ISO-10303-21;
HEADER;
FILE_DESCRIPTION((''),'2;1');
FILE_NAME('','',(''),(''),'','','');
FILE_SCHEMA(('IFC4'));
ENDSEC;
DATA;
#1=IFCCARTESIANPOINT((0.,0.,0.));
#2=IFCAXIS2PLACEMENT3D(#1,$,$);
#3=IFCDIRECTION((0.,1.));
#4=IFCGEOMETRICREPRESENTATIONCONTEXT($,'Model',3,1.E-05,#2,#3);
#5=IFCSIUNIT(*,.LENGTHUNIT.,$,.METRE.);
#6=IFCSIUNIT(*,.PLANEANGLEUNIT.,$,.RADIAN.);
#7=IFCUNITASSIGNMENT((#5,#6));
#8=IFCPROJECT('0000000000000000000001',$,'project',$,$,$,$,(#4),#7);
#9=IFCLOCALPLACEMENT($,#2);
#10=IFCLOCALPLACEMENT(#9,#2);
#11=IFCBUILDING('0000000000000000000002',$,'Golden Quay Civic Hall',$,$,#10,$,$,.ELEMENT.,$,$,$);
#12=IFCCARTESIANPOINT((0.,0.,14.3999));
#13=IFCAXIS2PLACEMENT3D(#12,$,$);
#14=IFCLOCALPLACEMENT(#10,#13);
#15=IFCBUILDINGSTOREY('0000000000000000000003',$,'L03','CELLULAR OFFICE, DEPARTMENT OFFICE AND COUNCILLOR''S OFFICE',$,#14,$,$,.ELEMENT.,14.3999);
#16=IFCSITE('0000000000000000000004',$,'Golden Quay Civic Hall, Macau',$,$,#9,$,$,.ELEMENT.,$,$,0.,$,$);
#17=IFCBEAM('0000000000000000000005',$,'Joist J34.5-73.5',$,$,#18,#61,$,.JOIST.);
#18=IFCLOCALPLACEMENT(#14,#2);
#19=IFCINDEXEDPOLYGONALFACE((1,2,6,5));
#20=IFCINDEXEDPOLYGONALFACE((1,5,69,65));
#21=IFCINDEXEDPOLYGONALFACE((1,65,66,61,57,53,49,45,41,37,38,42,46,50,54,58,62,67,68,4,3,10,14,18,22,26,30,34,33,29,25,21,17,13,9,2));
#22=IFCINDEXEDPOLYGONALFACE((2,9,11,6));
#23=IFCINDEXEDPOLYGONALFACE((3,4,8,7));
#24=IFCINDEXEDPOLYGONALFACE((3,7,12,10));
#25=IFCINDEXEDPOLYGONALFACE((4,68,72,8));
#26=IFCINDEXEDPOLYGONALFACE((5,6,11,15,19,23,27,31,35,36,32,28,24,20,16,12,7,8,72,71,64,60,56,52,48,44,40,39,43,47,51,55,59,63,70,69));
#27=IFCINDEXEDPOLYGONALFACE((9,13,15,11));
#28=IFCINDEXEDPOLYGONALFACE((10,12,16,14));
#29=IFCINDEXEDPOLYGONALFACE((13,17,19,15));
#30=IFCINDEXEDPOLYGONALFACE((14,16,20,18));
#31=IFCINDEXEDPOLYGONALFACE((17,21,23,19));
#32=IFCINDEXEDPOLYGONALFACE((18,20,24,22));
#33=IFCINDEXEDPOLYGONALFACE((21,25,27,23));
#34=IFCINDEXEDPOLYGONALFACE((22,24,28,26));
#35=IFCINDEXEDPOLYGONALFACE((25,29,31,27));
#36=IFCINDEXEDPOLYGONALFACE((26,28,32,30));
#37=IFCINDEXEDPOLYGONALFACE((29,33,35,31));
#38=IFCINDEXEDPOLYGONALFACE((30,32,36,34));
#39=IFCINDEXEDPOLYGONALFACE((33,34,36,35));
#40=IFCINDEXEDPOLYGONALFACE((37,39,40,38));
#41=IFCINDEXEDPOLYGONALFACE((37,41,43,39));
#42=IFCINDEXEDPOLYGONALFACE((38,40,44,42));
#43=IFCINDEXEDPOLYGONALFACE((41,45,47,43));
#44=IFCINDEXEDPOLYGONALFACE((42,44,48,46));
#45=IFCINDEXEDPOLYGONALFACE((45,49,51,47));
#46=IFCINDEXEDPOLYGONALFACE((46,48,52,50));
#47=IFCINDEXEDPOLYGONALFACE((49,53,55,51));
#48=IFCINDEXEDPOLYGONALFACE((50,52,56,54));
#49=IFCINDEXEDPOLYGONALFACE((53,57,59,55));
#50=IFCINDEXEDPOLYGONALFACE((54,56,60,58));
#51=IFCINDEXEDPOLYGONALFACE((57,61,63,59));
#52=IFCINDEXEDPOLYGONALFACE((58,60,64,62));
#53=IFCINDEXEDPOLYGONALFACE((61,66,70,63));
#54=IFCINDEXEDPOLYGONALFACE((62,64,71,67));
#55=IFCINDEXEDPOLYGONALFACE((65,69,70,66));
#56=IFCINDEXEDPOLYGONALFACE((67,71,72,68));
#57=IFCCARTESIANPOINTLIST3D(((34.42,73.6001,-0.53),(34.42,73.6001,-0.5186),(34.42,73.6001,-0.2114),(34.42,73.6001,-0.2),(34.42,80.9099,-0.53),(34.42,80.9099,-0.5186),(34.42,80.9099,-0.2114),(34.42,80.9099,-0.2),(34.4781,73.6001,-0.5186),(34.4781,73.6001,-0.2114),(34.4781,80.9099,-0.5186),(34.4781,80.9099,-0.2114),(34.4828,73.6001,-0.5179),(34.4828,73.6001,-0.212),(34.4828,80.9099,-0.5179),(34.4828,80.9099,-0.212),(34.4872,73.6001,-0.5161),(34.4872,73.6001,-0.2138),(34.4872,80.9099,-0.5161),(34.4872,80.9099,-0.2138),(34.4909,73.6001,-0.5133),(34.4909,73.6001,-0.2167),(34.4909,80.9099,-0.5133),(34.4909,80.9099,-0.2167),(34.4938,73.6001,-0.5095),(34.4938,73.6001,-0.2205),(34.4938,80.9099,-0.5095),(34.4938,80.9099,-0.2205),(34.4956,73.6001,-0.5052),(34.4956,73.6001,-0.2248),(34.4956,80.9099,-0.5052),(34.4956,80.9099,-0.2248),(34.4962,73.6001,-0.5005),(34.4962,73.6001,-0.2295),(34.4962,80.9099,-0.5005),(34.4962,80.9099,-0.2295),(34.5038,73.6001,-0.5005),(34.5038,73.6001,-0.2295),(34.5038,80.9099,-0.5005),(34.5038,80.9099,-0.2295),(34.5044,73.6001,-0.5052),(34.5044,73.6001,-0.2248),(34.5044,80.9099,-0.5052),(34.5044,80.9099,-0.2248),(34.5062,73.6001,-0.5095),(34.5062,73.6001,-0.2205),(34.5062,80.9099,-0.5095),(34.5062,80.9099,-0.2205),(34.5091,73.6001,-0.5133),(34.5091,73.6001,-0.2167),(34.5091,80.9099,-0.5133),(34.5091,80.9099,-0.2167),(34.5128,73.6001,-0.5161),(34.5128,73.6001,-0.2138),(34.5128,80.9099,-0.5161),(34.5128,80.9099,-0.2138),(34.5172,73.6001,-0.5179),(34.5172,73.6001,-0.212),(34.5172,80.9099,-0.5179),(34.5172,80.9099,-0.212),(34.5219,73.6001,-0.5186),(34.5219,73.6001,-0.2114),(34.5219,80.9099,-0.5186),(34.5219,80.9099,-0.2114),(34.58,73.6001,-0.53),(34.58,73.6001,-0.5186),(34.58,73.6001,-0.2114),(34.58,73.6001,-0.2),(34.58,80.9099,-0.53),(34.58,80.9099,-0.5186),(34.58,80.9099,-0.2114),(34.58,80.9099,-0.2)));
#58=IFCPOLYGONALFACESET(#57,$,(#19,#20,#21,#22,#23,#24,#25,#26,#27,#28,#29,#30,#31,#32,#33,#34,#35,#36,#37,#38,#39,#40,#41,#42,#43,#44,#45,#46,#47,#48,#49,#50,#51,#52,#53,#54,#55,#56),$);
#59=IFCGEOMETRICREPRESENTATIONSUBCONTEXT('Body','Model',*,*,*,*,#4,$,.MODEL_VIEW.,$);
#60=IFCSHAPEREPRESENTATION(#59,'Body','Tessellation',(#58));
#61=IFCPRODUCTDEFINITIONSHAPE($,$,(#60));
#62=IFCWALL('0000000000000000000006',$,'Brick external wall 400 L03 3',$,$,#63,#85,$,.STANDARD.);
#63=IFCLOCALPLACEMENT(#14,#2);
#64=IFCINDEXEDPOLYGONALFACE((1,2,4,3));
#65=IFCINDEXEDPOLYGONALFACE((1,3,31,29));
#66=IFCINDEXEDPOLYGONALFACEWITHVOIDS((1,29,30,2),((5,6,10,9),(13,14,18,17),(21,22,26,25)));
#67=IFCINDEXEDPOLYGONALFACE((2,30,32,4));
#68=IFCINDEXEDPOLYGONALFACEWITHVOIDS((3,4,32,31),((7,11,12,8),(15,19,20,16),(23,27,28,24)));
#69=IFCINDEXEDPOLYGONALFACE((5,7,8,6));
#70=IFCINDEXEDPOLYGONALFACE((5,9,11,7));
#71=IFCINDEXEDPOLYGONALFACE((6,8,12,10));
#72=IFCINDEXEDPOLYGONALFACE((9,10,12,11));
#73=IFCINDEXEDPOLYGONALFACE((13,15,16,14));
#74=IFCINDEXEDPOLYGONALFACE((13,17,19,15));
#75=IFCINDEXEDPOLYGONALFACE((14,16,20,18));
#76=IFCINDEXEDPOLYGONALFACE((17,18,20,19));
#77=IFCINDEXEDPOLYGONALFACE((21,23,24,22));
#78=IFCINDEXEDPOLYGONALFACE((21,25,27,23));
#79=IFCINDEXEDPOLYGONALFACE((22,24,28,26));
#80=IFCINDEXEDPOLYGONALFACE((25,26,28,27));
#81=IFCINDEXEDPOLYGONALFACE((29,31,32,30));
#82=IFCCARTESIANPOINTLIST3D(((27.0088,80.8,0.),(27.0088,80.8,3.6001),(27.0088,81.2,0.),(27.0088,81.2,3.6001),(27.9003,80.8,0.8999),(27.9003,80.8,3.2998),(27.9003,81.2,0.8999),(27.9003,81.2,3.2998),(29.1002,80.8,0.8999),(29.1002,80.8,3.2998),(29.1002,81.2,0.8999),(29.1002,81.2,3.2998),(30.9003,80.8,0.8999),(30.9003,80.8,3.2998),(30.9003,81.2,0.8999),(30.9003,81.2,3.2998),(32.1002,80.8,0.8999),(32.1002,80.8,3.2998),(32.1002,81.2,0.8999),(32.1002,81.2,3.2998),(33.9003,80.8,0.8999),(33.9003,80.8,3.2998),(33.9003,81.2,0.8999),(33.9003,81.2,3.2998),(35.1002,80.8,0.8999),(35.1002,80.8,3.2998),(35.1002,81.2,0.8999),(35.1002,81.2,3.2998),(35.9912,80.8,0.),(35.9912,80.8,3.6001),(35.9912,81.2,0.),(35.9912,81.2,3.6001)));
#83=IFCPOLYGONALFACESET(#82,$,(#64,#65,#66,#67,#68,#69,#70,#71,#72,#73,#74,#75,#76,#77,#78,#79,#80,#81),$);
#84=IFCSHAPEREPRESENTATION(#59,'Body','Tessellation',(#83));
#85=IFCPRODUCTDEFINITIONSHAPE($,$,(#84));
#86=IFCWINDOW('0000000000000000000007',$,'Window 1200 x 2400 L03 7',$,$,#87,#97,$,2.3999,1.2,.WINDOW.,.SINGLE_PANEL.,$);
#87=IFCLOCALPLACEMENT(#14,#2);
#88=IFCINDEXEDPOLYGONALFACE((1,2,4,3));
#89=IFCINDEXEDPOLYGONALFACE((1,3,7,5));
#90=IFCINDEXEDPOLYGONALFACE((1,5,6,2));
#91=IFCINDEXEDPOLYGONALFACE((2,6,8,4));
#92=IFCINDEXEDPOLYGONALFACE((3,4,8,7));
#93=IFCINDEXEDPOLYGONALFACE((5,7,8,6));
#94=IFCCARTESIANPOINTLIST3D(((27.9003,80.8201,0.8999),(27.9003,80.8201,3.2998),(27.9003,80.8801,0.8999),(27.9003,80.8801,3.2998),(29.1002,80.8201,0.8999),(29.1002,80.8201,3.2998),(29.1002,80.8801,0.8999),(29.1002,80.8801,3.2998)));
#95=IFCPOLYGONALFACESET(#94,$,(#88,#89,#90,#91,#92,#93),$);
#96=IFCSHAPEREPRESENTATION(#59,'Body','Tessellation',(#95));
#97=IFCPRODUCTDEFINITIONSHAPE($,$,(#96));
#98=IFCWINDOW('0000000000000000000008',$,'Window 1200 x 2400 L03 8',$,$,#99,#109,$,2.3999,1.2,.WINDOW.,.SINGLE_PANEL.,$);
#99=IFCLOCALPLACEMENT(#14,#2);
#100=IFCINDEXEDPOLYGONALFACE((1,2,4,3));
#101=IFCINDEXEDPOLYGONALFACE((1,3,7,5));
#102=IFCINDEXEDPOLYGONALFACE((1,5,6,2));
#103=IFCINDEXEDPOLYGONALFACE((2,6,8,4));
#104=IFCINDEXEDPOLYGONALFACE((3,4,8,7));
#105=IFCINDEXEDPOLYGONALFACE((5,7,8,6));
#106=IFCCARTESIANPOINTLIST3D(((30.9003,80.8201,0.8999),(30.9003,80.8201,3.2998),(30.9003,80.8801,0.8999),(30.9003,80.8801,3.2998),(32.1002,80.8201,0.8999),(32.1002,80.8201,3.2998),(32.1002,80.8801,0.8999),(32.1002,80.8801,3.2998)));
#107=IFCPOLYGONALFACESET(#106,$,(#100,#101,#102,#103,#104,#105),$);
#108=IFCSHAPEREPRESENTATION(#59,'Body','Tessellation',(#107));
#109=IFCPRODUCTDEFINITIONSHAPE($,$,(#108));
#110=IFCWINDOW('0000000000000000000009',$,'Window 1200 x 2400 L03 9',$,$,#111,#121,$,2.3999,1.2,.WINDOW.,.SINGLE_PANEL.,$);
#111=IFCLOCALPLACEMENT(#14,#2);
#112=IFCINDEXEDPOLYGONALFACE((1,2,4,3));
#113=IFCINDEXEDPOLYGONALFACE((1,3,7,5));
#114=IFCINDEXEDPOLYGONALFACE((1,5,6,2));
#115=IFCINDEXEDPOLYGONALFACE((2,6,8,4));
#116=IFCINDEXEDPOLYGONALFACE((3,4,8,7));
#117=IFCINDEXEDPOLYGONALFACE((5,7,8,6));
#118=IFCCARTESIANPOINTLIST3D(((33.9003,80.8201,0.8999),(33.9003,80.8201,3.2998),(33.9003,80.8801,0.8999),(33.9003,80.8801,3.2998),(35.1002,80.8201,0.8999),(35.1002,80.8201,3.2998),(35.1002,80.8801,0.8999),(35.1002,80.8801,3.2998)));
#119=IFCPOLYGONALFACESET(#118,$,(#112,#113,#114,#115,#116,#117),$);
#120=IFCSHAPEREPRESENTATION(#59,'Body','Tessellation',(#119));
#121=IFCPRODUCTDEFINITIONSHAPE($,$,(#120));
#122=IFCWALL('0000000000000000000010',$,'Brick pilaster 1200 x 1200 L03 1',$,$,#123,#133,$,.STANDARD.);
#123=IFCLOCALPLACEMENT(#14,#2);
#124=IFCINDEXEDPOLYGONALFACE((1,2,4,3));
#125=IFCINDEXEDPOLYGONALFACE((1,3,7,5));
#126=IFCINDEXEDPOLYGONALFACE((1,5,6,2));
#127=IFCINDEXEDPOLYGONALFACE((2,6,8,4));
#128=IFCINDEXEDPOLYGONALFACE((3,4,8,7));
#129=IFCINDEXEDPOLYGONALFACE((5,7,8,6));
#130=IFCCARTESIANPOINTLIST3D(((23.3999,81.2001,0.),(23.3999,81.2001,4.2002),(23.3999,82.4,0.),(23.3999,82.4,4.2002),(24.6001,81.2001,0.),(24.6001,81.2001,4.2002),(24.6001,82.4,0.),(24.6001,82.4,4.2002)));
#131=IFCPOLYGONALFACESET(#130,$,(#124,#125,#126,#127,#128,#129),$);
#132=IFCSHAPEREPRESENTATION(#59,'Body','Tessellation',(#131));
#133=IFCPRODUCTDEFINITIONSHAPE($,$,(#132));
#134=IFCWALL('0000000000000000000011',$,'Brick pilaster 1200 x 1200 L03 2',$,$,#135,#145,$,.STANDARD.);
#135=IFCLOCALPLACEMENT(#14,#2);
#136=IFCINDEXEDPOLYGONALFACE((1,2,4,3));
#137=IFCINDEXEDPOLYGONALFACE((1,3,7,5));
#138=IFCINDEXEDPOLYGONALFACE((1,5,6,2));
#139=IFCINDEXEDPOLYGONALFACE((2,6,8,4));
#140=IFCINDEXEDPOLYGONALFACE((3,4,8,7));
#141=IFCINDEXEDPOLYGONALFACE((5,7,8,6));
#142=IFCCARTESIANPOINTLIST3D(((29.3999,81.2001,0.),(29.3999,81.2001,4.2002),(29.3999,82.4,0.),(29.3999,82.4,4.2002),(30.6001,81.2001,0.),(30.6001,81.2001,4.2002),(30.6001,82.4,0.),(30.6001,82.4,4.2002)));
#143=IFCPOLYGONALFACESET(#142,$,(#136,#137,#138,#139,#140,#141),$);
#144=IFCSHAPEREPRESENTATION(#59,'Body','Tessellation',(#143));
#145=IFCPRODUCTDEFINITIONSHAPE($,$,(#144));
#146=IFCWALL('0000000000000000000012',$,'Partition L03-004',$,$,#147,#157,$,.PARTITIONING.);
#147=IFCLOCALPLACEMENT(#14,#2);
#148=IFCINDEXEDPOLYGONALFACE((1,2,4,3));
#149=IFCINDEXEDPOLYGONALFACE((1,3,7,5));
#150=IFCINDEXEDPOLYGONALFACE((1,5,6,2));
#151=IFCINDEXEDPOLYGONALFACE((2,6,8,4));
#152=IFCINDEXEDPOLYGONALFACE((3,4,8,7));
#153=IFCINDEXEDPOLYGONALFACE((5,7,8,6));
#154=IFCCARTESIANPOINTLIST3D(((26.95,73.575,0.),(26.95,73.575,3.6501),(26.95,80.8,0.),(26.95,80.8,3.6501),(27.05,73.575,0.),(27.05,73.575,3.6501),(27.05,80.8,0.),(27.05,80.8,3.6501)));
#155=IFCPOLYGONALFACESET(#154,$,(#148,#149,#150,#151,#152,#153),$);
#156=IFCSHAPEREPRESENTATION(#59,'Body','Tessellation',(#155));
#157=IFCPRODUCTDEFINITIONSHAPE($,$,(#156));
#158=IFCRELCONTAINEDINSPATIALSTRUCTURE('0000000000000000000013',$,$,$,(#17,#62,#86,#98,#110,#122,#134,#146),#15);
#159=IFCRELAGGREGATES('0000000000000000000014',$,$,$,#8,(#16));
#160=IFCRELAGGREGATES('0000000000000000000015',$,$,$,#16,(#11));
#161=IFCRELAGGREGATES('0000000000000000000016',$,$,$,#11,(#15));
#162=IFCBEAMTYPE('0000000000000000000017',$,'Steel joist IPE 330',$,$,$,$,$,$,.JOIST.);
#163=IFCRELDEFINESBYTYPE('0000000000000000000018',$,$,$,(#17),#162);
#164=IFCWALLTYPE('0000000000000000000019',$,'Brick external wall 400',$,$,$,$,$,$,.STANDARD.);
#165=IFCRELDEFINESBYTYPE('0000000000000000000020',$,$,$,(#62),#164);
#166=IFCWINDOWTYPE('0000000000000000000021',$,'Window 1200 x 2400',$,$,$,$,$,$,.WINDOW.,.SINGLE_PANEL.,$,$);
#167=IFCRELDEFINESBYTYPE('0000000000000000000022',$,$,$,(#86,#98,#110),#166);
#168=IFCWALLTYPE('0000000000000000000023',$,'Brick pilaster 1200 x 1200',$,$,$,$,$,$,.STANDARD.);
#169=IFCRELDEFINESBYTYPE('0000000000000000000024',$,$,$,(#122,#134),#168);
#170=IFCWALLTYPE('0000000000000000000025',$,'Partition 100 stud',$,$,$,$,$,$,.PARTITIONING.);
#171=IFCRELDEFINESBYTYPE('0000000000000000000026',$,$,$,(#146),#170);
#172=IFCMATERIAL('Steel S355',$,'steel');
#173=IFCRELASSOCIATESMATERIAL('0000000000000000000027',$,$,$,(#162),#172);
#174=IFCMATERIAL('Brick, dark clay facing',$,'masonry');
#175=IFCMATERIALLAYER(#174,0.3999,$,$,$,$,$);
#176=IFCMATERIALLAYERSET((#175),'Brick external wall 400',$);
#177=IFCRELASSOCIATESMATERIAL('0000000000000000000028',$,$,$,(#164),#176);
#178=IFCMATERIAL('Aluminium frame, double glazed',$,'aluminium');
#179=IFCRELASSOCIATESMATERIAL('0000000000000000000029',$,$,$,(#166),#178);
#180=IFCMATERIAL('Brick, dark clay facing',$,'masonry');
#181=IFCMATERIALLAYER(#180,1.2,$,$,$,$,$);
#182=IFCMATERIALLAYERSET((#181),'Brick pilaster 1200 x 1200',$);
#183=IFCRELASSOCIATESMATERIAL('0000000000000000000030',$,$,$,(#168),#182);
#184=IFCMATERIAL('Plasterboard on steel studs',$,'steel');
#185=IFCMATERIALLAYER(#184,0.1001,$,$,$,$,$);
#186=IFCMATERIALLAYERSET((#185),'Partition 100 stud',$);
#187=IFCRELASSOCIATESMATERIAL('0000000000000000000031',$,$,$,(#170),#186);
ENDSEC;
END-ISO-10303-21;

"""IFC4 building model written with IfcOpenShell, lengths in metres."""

from ifc_helpers import new_model, si_unit, direction, frame, frame_2d, origin, origin_2d, place, context, subcontext, project, spatial, rectangle, i_section, extrude, material, layer, layer_set, material_profile, profile_set, type_object, element, fill, save


model = new_model("IFC4")

# Units and contexts
model_context = context("Model", 3, precision=1e-05, world=origin(), true_north=direction((0.0, 1.0)))
body_context = subcontext(model_context, "Body", "Model", "MODEL_VIEW")
ifc_project = project(units=[si_unit("LENGTHUNIT", "METRE"), si_unit("PLANEANGLEUNIT", "RADIAN")], contexts=[model_context])

# Site, building, storey
site_placement = place(None, origin())
site = spatial("IfcSite", under=ifc_project, at=site_placement, Name="Golden Quay Civic Hall, Macau", CompositionType="ELEMENT", RefElevation=0.0)
building_placement = place(site_placement, origin())
building = spatial("IfcBuilding", under=site, at=building_placement, Name="Golden Quay Civic Hall", CompositionType="ELEMENT")
storey_placement = place(building_placement, frame((0.0, 0.0, 14.3999)))
storey = spatial("IfcBuildingStorey", under=building, at=storey_placement, Name="L03", Description="CELLULAR OFFICE, DEPARTMENT OFFICE AND COUNCILLOR'S OFFICE", CompositionType="ELEMENT", Elevation=14.3999)

# Beam
ifc_material_1 = material(Name="Steel S355", Category="steel")
ifc_material_profile_1 = material_profile(ifc_material_1, i_section(OverallWidth=0.1599, OverallDepth=0.3301, WebThickness=0.0076, FlangeThickness=0.0115, FilletRadius=0.0181, at=origin_2d()), Name="IPE 330")
ifc_profile_set_1 = profile_set([ifc_material_profile_1], Name="Steel S355")
beam_type_1 = type_object("IfcBeamType", Name="Steel joist IPE 330", PredefinedType="JOIST", material=ifc_profile_set_1)
for number, where, z_axis, x_axis, name in (
    (1, (34.5, 73.6001, -0.365), (0.0, 1.0, 0.0), (-1.0, 0.0, 0.0), "Joist J34.5-73.5"),
):
    element("IfcBeam", number, at=place(storey_placement, frame(where, z_axis=z_axis, x_axis=x_axis)), inside=storey, type_object=beam_type_1, Name=name, PredefinedType="JOIST", context=body_context, shape_type="SweptSolid", body=[
        extrude(i_section(OverallWidth=0.1599, OverallDepth=0.3301, WebThickness=0.0076, FlangeThickness=0.0115, FilletRadius=0.0181, at=origin_2d()), origin(), (0.0, 0.0, 1.0), 7.3098),
    ])

# Wall, openings, windows
ifc_material_2 = material(Name="Brick, dark clay facing", Category="masonry")
ifc_layer_1 = layer(ifc_material_2, 0.3999)
ifc_layer_set_1 = layer_set([ifc_layer_1], Name="Brick external wall 400")
wall_type_1 = type_object("IfcWallType", Name="Brick external wall 400", PredefinedType="STANDARD", material=ifc_layer_set_1)
wall_1_placement = place(storey_placement, frame((27.0088, 81.0, 0.0), z_axis=(0.0, 0.0, 1.0), x_axis=(1.0, 0.0, 0.0)))
wall_1 = element("IfcWall", 2, at=wall_1_placement, inside=storey, type_object=wall_type_1, Name="Brick external wall 400 L03 3", PredefinedType="STANDARD", context=body_context, shape_type="SweptSolid", body=[
    extrude(rectangle(XDim=8.9824, YDim=0.3999, at=frame_2d((4.4912, 0.0))), origin(), (0.0, 0.0, 1.0), 3.6001),
])
opening_1_placement = place(wall_1_placement, frame((0.8914, 0.0, 0.8999)))
opening_1 = element("IfcOpeningElement", 3, at=opening_1_placement, cuts=wall_1, PredefinedType="OPENING", context=body_context, shape_type="SweptSolid", body=[
    extrude(rectangle(XDim=1.2, YDim=2.3999, at=frame_2d((0.6001, 1.2))), frame((0.0, 0.21, 0.0), z_axis=(0.0, -1.0, 0.0), x_axis=(1.0, 0.0, 0.0)), (0.0, 0.0, 1.0), 0.4199),
])
opening_2_placement = place(wall_1_placement, frame((3.8914, 0.0, 0.8999)))
opening_2 = element("IfcOpeningElement", 4, at=opening_2_placement, cuts=wall_1, PredefinedType="OPENING", context=body_context, shape_type="SweptSolid", body=[
    extrude(rectangle(XDim=1.2, YDim=2.3999, at=frame_2d((0.6001, 1.2))), frame((0.0, 0.21, 0.0), z_axis=(0.0, -1.0, 0.0), x_axis=(1.0, 0.0, 0.0)), (0.0, 0.0, 1.0), 0.4199),
])
opening_3_placement = place(wall_1_placement, frame((6.8914, 0.0, 0.8999)))
opening_3 = element("IfcOpeningElement", 5, at=opening_3_placement, cuts=wall_1, PredefinedType="OPENING", context=body_context, shape_type="SweptSolid", body=[
    extrude(rectangle(XDim=1.2, YDim=2.3999, at=frame_2d((0.6001, 1.2))), frame((0.0, 0.21, 0.0), z_axis=(0.0, -1.0, 0.0), x_axis=(1.0, 0.0, 0.0)), (0.0, 0.0, 1.0), 0.4199),
])
ifc_material_3 = material(Name="Aluminium frame, double glazed", Category="aluminium")
window_type = type_object("IfcWindowType", Name="Window 1200 x 2400", PartitioningType="SINGLE_PANEL", PredefinedType="WINDOW", material=ifc_material_3)
window_1_placement = place(opening_1_placement, origin())
window_1 = element("IfcWindow", 6, at=window_1_placement, inside=storey, type_object=window_type, Name="Window 1200 x 2400 L03 7", OverallHeight=2.3999, OverallWidth=1.2, PartitioningType="SINGLE_PANEL", PredefinedType="WINDOW", context=body_context, shape_type="SweptSolid", body=[
    extrude(rectangle(XDim=1.2, YDim=2.3999, at=frame_2d((0.6001, 1.2))), frame((0.0, -0.1199, 0.0), z_axis=(0.0, -1.0, 0.0), x_axis=(1.0, 0.0, 0.0)), (0.0, 0.0, 1.0), 0.0601),
])
fill(opening_1, window_1)
window_2_placement = place(opening_2_placement, origin())
window_2 = element("IfcWindow", 7, at=window_2_placement, inside=storey, type_object=window_type, Name="Window 1200 x 2400 L03 8", OverallHeight=2.3999, OverallWidth=1.2, PartitioningType="SINGLE_PANEL", PredefinedType="WINDOW", context=body_context, shape_type="SweptSolid", body=[
    extrude(rectangle(XDim=1.2, YDim=2.3999, at=frame_2d((0.6001, 1.2))), frame((0.0, -0.1199, 0.0), z_axis=(0.0, -1.0, 0.0), x_axis=(1.0, 0.0, 0.0)), (0.0, 0.0, 1.0), 0.0601),
])
fill(opening_2, window_2)
window_3_placement = place(opening_3_placement, origin())
window_3 = element("IfcWindow", 8, at=window_3_placement, inside=storey, type_object=window_type, Name="Window 1200 x 2400 L03 9", OverallHeight=2.3999, OverallWidth=1.2, PartitioningType="SINGLE_PANEL", PredefinedType="WINDOW", context=body_context, shape_type="SweptSolid", body=[
    extrude(rectangle(XDim=1.2, YDim=2.3999, at=frame_2d((0.6001, 1.2))), frame((0.0, -0.1199, 0.0), z_axis=(0.0, -1.0, 0.0), x_axis=(1.0, 0.0, 0.0)), (0.0, 0.0, 1.0), 0.0601),
])
fill(opening_3, window_3)

# Walls
ifc_material_4 = material(Name="Brick, dark clay facing", Category="masonry")
ifc_layer_2 = layer(ifc_material_4, 1.2)
ifc_layer_set_2 = layer_set([ifc_layer_2], Name="Brick pilaster 1200 x 1200")
wall_type_2 = type_object("IfcWallType", Name="Brick pilaster 1200 x 1200", PredefinedType="STANDARD", material=ifc_layer_set_2)
for number, where, z_axis, x_axis, name in (
    (9, (23.3999, 81.8, 0.0), (0.0, 0.0, 1.0), (1.0, 0.0, 0.0), "Brick pilaster 1200 x 1200 L03 1"),
    (10, (29.3999, 81.8, 0.0), (0.0, 0.0, 1.0), (1.0, 0.0, 0.0), "Brick pilaster 1200 x 1200 L03 2"),
):
    element("IfcWall", number, at=place(storey_placement, frame(where, z_axis=z_axis, x_axis=x_axis)), inside=storey, type_object=wall_type_2, Name=name, PredefinedType="STANDARD", context=body_context, shape_type="SweptSolid", body=[
        extrude(rectangle(XDim=1.2002, YDim=1.2, at=frame_2d((0.6001, 0.0))), origin(), (0.0, 0.0, 1.0), 4.2002),
    ])
ifc_material_5 = material(Name="Plasterboard on steel studs", Category="steel")
ifc_layer_3 = layer(ifc_material_5, 0.1001)
ifc_layer_set_3 = layer_set([ifc_layer_3], Name="Partition 100 stud")
wall_type_3 = type_object("IfcWallType", Name="Partition 100 stud", PredefinedType="PARTITIONING", material=ifc_layer_set_3)
wall_2_placement = place(storey_placement, frame((27.0, 73.575, 0.0), z_axis=(0.0, 0.0, 1.0), x_axis=(0.0, 1.0, 0.0)))
element("IfcWall", 11, at=wall_2_placement, inside=storey, type_object=wall_type_3, Name="Partition L03-004", PredefinedType="PARTITIONING", context=body_context, shape_type="SweptSolid", body=[
    extrude(rectangle(XDim=7.2251, YDim=0.1001, at=frame_2d((3.6125, 0.0))), origin(), (0.0, 0.0, 1.0), 3.6501),
])

save(model, "model.ifc")
